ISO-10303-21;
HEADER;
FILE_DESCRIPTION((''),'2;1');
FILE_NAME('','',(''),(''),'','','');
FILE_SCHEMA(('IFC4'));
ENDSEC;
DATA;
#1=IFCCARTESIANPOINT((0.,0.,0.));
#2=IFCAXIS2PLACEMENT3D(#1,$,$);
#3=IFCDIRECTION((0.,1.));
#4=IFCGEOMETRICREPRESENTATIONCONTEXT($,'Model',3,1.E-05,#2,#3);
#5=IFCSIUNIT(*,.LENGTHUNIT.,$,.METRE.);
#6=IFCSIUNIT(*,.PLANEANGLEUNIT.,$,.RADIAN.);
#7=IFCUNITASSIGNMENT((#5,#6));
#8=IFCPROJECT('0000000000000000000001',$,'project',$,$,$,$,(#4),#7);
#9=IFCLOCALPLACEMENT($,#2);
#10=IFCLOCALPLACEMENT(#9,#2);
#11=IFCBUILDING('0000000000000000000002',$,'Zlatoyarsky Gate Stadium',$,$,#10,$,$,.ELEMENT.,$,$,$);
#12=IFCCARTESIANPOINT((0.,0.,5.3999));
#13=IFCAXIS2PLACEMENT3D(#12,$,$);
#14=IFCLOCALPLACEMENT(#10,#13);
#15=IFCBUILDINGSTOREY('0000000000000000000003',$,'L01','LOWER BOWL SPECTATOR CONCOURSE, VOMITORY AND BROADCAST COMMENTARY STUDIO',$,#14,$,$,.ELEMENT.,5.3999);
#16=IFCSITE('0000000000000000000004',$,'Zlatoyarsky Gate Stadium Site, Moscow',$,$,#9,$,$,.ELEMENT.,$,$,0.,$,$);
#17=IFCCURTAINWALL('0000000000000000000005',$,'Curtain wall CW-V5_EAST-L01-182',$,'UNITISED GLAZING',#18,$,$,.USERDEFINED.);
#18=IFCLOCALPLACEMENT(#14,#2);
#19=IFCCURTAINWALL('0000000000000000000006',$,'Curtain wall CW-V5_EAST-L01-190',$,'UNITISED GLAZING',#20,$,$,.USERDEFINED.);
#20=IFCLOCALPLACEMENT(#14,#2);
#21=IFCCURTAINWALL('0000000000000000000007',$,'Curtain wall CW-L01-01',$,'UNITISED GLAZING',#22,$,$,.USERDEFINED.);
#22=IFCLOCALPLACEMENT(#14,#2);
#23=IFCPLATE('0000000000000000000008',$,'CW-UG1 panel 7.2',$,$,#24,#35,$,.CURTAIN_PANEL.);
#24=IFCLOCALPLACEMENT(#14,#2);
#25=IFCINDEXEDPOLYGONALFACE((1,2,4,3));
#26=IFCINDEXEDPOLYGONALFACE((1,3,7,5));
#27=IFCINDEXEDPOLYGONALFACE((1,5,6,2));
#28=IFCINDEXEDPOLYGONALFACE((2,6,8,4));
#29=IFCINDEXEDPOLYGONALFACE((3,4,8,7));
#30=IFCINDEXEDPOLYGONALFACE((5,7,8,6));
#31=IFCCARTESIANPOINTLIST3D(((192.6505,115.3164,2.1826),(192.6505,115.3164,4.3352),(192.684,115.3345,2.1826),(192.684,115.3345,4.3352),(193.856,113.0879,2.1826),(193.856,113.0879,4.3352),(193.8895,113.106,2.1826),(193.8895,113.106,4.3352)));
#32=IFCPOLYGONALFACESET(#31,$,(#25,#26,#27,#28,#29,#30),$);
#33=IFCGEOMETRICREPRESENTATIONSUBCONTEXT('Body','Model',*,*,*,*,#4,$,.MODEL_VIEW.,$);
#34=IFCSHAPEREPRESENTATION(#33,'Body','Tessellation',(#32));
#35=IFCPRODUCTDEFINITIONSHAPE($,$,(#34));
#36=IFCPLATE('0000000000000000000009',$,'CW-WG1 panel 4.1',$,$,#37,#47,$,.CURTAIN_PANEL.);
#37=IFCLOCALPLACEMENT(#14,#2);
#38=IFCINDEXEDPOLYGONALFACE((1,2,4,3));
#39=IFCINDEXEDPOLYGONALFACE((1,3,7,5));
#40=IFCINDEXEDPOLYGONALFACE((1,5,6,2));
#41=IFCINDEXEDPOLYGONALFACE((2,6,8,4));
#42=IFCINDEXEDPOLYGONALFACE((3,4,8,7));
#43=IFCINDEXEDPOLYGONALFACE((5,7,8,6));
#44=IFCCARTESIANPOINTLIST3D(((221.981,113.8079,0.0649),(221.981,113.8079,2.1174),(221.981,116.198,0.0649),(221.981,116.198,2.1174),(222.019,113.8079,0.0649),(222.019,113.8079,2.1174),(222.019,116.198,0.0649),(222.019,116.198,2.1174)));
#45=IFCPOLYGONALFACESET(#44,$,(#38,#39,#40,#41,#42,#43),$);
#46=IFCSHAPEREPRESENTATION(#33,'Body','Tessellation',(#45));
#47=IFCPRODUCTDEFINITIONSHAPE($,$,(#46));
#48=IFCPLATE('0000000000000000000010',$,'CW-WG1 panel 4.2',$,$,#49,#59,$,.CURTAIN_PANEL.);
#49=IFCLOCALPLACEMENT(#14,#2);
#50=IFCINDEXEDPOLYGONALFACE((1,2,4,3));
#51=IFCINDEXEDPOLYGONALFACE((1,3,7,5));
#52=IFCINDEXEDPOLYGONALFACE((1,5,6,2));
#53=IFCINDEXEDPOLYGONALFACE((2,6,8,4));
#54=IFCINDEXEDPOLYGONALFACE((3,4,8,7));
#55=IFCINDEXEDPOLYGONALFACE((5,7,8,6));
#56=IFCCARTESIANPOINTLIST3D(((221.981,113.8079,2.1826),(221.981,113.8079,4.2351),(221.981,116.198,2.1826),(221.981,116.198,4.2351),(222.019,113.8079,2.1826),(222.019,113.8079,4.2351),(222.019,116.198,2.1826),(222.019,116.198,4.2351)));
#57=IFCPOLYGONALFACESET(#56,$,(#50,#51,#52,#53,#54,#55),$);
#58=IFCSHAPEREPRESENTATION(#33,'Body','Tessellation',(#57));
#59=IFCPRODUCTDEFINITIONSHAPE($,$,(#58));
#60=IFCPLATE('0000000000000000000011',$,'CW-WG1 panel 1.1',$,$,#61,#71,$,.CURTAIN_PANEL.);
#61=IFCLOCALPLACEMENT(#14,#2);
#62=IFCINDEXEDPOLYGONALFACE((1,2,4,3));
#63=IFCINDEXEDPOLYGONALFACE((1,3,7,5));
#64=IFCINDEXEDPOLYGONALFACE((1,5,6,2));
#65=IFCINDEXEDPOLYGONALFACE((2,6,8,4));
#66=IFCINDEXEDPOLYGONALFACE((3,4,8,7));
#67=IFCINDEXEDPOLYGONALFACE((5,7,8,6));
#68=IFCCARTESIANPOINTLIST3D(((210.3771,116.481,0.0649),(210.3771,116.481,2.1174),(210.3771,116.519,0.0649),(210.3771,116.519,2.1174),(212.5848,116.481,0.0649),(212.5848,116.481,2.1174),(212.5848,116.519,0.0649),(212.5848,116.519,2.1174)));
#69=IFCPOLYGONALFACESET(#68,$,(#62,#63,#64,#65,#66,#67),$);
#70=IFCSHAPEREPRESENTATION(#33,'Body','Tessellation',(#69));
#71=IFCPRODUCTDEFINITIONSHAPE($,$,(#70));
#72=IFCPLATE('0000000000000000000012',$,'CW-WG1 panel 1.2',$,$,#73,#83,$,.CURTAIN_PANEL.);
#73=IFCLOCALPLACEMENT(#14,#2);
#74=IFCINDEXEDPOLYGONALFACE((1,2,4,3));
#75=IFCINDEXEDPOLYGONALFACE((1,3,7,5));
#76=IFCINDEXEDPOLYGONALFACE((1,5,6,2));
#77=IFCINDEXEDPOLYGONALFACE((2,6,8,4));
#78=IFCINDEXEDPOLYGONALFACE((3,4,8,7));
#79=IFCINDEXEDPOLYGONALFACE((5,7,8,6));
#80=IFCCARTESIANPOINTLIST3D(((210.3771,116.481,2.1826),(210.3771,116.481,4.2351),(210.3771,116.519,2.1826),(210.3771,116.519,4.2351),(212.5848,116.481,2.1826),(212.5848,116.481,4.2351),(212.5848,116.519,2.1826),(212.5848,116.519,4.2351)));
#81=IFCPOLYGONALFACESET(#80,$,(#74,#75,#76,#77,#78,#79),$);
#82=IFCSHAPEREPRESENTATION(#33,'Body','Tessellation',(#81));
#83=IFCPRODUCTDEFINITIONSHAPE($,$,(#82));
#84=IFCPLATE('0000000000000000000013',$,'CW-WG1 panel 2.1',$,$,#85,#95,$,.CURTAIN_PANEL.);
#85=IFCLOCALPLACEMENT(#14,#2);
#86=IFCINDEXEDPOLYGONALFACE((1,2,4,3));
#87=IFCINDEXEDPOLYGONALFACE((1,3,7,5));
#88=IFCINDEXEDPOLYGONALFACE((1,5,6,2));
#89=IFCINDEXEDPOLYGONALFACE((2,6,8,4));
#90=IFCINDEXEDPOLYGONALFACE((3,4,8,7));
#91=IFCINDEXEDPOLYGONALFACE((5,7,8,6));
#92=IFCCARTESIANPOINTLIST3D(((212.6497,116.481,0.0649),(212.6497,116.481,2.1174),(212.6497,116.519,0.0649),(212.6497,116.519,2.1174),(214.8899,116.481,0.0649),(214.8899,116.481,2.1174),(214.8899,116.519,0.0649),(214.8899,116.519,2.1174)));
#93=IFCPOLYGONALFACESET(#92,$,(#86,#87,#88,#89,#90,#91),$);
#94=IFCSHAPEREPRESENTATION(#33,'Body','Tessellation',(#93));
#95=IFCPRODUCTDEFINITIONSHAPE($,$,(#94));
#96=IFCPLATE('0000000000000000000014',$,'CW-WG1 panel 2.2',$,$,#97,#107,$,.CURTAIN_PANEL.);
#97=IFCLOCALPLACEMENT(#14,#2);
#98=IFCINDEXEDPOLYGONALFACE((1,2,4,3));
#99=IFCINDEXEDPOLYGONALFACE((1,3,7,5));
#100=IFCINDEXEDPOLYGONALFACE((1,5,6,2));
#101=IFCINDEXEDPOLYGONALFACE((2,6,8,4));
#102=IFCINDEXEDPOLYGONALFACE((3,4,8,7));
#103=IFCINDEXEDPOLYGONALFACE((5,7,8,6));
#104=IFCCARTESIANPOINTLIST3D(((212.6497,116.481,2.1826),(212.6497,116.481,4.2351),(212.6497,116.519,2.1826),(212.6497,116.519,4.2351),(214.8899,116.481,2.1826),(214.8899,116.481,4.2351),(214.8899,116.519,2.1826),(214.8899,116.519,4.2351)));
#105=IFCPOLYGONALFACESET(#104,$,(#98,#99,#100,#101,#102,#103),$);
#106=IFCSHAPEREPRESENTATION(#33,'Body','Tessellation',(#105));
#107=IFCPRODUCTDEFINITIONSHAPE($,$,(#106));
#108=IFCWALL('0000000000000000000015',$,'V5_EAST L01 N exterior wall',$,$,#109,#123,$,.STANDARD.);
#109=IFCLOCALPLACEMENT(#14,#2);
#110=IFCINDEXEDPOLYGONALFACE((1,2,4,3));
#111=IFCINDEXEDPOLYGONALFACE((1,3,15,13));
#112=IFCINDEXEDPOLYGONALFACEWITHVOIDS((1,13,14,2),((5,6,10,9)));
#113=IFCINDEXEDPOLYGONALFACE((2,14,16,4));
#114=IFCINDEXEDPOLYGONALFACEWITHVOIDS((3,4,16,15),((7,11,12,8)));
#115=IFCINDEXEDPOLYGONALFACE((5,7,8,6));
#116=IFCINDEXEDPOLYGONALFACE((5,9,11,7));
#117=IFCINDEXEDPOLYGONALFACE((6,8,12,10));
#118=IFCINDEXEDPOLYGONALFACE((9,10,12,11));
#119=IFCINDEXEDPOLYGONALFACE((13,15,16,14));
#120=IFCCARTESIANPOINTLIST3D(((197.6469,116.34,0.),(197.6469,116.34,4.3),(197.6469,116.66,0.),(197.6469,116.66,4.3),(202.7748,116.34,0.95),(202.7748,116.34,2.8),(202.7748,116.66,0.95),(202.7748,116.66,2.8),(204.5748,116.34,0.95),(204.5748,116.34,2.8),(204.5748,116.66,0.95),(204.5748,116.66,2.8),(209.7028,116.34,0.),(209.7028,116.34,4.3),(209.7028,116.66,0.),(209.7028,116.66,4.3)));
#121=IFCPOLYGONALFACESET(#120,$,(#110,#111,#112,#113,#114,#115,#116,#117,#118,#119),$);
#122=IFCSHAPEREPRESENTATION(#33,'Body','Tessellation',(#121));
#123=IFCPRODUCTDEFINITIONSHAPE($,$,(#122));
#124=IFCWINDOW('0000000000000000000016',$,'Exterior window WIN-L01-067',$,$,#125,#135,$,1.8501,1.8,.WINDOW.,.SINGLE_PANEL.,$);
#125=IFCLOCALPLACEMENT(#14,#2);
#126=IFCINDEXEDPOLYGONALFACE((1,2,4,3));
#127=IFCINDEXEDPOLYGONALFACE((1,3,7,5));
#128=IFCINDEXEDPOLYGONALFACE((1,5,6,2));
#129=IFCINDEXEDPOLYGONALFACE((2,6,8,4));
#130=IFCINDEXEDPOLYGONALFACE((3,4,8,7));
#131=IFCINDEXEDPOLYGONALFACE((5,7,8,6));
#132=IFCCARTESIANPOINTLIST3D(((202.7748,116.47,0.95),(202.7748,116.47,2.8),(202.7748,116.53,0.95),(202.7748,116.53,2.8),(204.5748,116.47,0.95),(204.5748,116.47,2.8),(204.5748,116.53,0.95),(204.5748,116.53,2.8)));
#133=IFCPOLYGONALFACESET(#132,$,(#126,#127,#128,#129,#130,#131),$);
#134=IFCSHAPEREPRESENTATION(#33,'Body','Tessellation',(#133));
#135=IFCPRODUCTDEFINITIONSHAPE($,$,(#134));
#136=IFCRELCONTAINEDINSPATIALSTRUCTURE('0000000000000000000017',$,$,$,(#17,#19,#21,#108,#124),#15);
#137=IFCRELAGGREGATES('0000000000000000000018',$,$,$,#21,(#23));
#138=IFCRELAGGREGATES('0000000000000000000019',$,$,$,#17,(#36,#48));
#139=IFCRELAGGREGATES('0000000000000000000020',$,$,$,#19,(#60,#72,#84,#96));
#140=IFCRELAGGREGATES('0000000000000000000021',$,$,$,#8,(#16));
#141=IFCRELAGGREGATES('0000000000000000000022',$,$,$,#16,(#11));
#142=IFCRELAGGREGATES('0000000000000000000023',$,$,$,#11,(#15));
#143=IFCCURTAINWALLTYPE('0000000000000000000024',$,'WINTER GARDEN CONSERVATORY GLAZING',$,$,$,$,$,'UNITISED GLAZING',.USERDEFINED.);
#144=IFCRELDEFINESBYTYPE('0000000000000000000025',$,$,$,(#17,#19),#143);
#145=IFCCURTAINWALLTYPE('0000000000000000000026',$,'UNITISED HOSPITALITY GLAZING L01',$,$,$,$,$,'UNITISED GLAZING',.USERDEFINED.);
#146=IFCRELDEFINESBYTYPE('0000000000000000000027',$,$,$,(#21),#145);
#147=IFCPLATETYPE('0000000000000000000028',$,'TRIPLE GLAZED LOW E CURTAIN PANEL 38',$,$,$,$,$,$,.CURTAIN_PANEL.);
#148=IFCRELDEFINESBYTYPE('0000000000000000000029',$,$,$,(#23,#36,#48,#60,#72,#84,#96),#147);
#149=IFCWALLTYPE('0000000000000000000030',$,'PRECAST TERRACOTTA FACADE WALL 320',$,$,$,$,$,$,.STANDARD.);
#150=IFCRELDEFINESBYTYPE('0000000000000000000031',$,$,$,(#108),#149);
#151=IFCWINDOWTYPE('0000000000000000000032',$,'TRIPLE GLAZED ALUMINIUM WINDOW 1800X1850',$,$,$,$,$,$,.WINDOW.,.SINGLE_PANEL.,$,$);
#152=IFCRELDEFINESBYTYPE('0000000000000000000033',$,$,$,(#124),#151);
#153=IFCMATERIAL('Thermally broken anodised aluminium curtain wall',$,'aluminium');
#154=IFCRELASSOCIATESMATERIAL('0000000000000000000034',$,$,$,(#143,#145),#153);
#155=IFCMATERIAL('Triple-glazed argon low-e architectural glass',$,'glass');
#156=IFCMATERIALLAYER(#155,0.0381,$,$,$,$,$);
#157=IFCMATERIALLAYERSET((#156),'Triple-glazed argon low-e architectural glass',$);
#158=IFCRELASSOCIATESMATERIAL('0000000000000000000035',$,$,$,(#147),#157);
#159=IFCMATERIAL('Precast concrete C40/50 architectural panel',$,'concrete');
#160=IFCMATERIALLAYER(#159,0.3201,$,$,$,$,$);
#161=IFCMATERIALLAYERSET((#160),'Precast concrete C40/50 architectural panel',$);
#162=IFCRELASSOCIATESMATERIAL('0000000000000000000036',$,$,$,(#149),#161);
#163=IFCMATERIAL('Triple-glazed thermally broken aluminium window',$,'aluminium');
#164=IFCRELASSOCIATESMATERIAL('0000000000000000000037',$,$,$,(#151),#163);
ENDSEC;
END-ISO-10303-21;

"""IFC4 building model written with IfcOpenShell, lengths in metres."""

from ifc_helpers import new_model, si_unit, direction, frame, frame_2d, origin, origin_2d, place, context, subcontext, project, spatial, rectangle, extrude, material, layer, layer_set, type_object, element, fill, aggregate, save


model = new_model("IFC4")

# Units and contexts
model_context = context("Model", 3, precision=1e-05, world=origin(), true_north=direction((0.0, 1.0)))
body_context = subcontext(model_context, "Body", "Model", "MODEL_VIEW")
ifc_project = project(units=[si_unit("LENGTHUNIT", "METRE"), si_unit("PLANEANGLEUNIT", "RADIAN")], contexts=[model_context])

# Site, building, storey
site_placement = place(None, origin())
site = spatial("IfcSite", under=ifc_project, at=site_placement, Name="Zlatoyarsky Gate Stadium Site, Moscow", CompositionType="ELEMENT", RefElevation=0.0)
building_placement = place(site_placement, origin())
building = spatial("IfcBuilding", under=site, at=building_placement, Name="Zlatoyarsky Gate Stadium", CompositionType="ELEMENT")
storey_placement = place(building_placement, frame((0.0, 0.0, 5.3999)))
storey = spatial("IfcBuildingStorey", under=building, at=storey_placement, Name="L01", Description="LOWER BOWL SPECTATOR CONCOURSE, VOMITORY AND BROADCAST COMMENTARY STUDIO", CompositionType="ELEMENT", Elevation=5.3999)

# Curtain wall
ifc_material_1 = material(Name="Thermally broken anodised aluminium curtain wall", Category="aluminium")
curtain_wall_type_1 = type_object("IfcCurtainWallType", Name="WINTER GARDEN CONSERVATORY GLAZING", ElementType="UNITISED GLAZING", PredefinedType="USERDEFINED", material=ifc_material_1)
curtain_wall_1_placement = place(storey_placement, origin())
curtain_wall_1 = element("IfcCurtainWall", 1, at=curtain_wall_1_placement, inside=storey, type_object=curtain_wall_type_1, Name="Curtain wall CW-V5_EAST-L01-182", ObjectType="UNITISED GLAZING", PredefinedType="USERDEFINED")

# Curtain wall
curtain_wall_2_placement = place(storey_placement, origin())
curtain_wall_2 = element("IfcCurtainWall", 2, at=curtain_wall_2_placement, inside=storey, type_object=curtain_wall_type_1, Name="Curtain wall CW-V5_EAST-L01-190", ObjectType="UNITISED GLAZING", PredefinedType="USERDEFINED")

# Curtain wall, plate
curtain_wall_type_2 = type_object("IfcCurtainWallType", Name="UNITISED HOSPITALITY GLAZING L01", ElementType="UNITISED GLAZING", PredefinedType="USERDEFINED", material=ifc_material_1)
curtain_wall_3_placement = place(storey_placement, origin())
curtain_wall_3 = element("IfcCurtainWall", 3, at=curtain_wall_3_placement, inside=storey, type_object=curtain_wall_type_2, Name="Curtain wall CW-L01-01", ObjectType="UNITISED GLAZING", PredefinedType="USERDEFINED")
ifc_material_2 = material(Name="Triple-glazed argon low-e architectural glass", Category="glass")
ifc_layer_1 = layer(ifc_material_2, 0.0381)
ifc_layer_set_1 = layer_set([ifc_layer_1], Name="Triple-glazed argon low-e architectural glass")
plate_type = type_object("IfcPlateType", Name="TRIPLE GLAZED LOW E CURTAIN PANEL 38", PredefinedType="CURTAIN_PANEL", material=ifc_layer_set_1)
plate_1_placement = place(storey_placement, frame((193.27, 114.2112, 2.1826), z_axis=(0.0, 0.0, 1.0), x_axis=(-0.475784, 0.879562, 0.0)))
plate_1 = element("IfcPlate", 4, at=plate_1_placement, type_object=plate_type, Name="CW-UG1 panel 7.2", PredefinedType="CURTAIN_PANEL", context=body_context, shape_type="SweptSolid", body=[
    extrude(rectangle(XDim=2.5337, YDim=0.0381, at=origin_2d()), origin(), (0.0, 0.0, 1.0), 2.1526),
])
aggregate(curtain_wall_3, [plate_1])

# Plates
plate_2_placement = place(storey_placement, frame((222.0, 115.0029, 0.0649), z_axis=(0.0, 0.0, 1.0), x_axis=(0.0, 1.0, 0.0)))
plate_2 = element("IfcPlate", 5, at=plate_2_placement, type_object=plate_type, Name="CW-WG1 panel 4.1", PredefinedType="CURTAIN_PANEL", context=body_context, shape_type="SweptSolid", body=[
    extrude(rectangle(XDim=2.3901, YDim=0.0381, at=origin_2d()), origin(), (0.0, 0.0, 1.0), 2.0525),
])
plate_3_placement = place(storey_placement, frame((222.0, 115.0029, 2.1826), z_axis=(0.0, 0.0, 1.0), x_axis=(0.0, 1.0, 0.0)))
plate_3 = element("IfcPlate", 6, at=plate_3_placement, type_object=plate_type, Name="CW-WG1 panel 4.2", PredefinedType="CURTAIN_PANEL", context=body_context, shape_type="SweptSolid", body=[
    extrude(rectangle(XDim=2.3901, YDim=0.0381, at=origin_2d()), origin(), (0.0, 0.0, 1.0), 2.0525),
])
aggregate(curtain_wall_1, [plate_2, plate_3])
plate_4_placement = place(storey_placement, frame((211.481, 116.5, 0.0649), z_axis=(0.0, 0.0, 1.0), x_axis=(1.0, 0.0, 0.0)))
plate_4 = element("IfcPlate", 7, at=plate_4_placement, type_object=plate_type, Name="CW-WG1 panel 1.1", PredefinedType="CURTAIN_PANEL", context=body_context, shape_type="SweptSolid", body=[
    extrude(rectangle(XDim=2.2078, YDim=0.0381, at=origin_2d()), origin(), (0.0, 0.0, 1.0), 2.0525),
])
plate_5_placement = place(storey_placement, frame((211.481, 116.5, 2.1826), z_axis=(0.0, 0.0, 1.0), x_axis=(1.0, 0.0, 0.0)))
plate_5 = element("IfcPlate", 8, at=plate_5_placement, type_object=plate_type, Name="CW-WG1 panel 1.2", PredefinedType="CURTAIN_PANEL", context=body_context, shape_type="SweptSolid", body=[
    extrude(rectangle(XDim=2.2078, YDim=0.0381, at=origin_2d()), origin(), (0.0, 0.0, 1.0), 2.0525),
])
plate_6_placement = place(storey_placement, frame((213.7698, 116.5, 0.0649), z_axis=(0.0, 0.0, 1.0), x_axis=(1.0, 0.0, 0.0)))
plate_6 = element("IfcPlate", 9, at=plate_6_placement, type_object=plate_type, Name="CW-WG1 panel 2.1", PredefinedType="CURTAIN_PANEL", context=body_context, shape_type="SweptSolid", body=[
    extrude(rectangle(XDim=2.2402, YDim=0.0381, at=origin_2d()), origin(), (0.0, 0.0, 1.0), 2.0525),
])
plate_7_placement = place(storey_placement, frame((213.7698, 116.5, 2.1826), z_axis=(0.0, 0.0, 1.0), x_axis=(1.0, 0.0, 0.0)))
plate_7 = element("IfcPlate", 10, at=plate_7_placement, type_object=plate_type, Name="CW-WG1 panel 2.2", PredefinedType="CURTAIN_PANEL", context=body_context, shape_type="SweptSolid", body=[
    extrude(rectangle(XDim=2.2402, YDim=0.0381, at=origin_2d()), origin(), (0.0, 0.0, 1.0), 2.0525),
])
aggregate(curtain_wall_2, [plate_4, plate_5, plate_6, plate_7])

# Wall, opening, window
ifc_material_3 = material(Name="Precast concrete C40/50 architectural panel", Category="concrete")
ifc_layer_2 = layer(ifc_material_3, 0.3201)
ifc_layer_set_2 = layer_set([ifc_layer_2], Name="Precast concrete C40/50 architectural panel")
wall_type = type_object("IfcWallType", Name="PRECAST TERRACOTTA FACADE WALL 320", PredefinedType="STANDARD", material=ifc_layer_set_2)
wall_placement = place(storey_placement, frame((197.647, 116.5, 0.0), z_axis=(0.0, 0.0, 1.0), x_axis=(1.0, 0.0, 0.0)))
wall = element("IfcWall", 11, at=wall_placement, inside=storey, type_object=wall_type, Name="V5_EAST L01 N exterior wall", PredefinedType="STANDARD", context=body_context, shape_type="SweptSolid", body=[
    extrude(rectangle(XDim=12.0559, YDim=0.3201, at=frame_2d((6.0278, 0.0))), origin(), (0.0, 0.0, 1.0), 4.3),
])
opening_placement = place(wall_placement, frame((5.1279, 0.0, 0.95)))
opening = element("IfcOpeningElement", 12, at=opening_placement, cuts=wall, PredefinedType="OPENING", context=body_context, shape_type="SweptSolid", body=[
    extrude(rectangle(XDim=1.8, YDim=1.8501, at=frame_2d((0.8999, 0.925))), frame((0.0, 0.1699, 0.0), z_axis=(0.0, -1.0, 0.0), x_axis=(1.0, 0.0, 0.0)), (0.0, 0.0, 1.0), 0.3401),
])
ifc_material_4 = material(Name="Triple-glazed thermally broken aluminium window", Category="aluminium")
window_type = type_object("IfcWindowType", Name="TRIPLE GLAZED ALUMINIUM WINDOW 1800X1850", PartitioningType="SINGLE_PANEL", PredefinedType="WINDOW", material=ifc_material_4)
window_placement = place(opening_placement, origin())
window = element("IfcWindow", 13, at=window_placement, inside=storey, type_object=window_type, Name="Exterior window WIN-L01-067", OverallHeight=1.8501, OverallWidth=1.8, PartitioningType="SINGLE_PANEL", PredefinedType="WINDOW", context=body_context, shape_type="SweptSolid", body=[
    extrude(rectangle(XDim=1.8, YDim=1.8501, at=frame_2d((0.8999, 0.925))), frame((0.0, 0.03, 0.0), z_axis=(0.0, -1.0, 0.0), x_axis=(1.0, 0.0, 0.0)), (0.0, 0.0, 1.0), 0.0601),
])
fill(opening, window)

save(model, "model.ifc")
